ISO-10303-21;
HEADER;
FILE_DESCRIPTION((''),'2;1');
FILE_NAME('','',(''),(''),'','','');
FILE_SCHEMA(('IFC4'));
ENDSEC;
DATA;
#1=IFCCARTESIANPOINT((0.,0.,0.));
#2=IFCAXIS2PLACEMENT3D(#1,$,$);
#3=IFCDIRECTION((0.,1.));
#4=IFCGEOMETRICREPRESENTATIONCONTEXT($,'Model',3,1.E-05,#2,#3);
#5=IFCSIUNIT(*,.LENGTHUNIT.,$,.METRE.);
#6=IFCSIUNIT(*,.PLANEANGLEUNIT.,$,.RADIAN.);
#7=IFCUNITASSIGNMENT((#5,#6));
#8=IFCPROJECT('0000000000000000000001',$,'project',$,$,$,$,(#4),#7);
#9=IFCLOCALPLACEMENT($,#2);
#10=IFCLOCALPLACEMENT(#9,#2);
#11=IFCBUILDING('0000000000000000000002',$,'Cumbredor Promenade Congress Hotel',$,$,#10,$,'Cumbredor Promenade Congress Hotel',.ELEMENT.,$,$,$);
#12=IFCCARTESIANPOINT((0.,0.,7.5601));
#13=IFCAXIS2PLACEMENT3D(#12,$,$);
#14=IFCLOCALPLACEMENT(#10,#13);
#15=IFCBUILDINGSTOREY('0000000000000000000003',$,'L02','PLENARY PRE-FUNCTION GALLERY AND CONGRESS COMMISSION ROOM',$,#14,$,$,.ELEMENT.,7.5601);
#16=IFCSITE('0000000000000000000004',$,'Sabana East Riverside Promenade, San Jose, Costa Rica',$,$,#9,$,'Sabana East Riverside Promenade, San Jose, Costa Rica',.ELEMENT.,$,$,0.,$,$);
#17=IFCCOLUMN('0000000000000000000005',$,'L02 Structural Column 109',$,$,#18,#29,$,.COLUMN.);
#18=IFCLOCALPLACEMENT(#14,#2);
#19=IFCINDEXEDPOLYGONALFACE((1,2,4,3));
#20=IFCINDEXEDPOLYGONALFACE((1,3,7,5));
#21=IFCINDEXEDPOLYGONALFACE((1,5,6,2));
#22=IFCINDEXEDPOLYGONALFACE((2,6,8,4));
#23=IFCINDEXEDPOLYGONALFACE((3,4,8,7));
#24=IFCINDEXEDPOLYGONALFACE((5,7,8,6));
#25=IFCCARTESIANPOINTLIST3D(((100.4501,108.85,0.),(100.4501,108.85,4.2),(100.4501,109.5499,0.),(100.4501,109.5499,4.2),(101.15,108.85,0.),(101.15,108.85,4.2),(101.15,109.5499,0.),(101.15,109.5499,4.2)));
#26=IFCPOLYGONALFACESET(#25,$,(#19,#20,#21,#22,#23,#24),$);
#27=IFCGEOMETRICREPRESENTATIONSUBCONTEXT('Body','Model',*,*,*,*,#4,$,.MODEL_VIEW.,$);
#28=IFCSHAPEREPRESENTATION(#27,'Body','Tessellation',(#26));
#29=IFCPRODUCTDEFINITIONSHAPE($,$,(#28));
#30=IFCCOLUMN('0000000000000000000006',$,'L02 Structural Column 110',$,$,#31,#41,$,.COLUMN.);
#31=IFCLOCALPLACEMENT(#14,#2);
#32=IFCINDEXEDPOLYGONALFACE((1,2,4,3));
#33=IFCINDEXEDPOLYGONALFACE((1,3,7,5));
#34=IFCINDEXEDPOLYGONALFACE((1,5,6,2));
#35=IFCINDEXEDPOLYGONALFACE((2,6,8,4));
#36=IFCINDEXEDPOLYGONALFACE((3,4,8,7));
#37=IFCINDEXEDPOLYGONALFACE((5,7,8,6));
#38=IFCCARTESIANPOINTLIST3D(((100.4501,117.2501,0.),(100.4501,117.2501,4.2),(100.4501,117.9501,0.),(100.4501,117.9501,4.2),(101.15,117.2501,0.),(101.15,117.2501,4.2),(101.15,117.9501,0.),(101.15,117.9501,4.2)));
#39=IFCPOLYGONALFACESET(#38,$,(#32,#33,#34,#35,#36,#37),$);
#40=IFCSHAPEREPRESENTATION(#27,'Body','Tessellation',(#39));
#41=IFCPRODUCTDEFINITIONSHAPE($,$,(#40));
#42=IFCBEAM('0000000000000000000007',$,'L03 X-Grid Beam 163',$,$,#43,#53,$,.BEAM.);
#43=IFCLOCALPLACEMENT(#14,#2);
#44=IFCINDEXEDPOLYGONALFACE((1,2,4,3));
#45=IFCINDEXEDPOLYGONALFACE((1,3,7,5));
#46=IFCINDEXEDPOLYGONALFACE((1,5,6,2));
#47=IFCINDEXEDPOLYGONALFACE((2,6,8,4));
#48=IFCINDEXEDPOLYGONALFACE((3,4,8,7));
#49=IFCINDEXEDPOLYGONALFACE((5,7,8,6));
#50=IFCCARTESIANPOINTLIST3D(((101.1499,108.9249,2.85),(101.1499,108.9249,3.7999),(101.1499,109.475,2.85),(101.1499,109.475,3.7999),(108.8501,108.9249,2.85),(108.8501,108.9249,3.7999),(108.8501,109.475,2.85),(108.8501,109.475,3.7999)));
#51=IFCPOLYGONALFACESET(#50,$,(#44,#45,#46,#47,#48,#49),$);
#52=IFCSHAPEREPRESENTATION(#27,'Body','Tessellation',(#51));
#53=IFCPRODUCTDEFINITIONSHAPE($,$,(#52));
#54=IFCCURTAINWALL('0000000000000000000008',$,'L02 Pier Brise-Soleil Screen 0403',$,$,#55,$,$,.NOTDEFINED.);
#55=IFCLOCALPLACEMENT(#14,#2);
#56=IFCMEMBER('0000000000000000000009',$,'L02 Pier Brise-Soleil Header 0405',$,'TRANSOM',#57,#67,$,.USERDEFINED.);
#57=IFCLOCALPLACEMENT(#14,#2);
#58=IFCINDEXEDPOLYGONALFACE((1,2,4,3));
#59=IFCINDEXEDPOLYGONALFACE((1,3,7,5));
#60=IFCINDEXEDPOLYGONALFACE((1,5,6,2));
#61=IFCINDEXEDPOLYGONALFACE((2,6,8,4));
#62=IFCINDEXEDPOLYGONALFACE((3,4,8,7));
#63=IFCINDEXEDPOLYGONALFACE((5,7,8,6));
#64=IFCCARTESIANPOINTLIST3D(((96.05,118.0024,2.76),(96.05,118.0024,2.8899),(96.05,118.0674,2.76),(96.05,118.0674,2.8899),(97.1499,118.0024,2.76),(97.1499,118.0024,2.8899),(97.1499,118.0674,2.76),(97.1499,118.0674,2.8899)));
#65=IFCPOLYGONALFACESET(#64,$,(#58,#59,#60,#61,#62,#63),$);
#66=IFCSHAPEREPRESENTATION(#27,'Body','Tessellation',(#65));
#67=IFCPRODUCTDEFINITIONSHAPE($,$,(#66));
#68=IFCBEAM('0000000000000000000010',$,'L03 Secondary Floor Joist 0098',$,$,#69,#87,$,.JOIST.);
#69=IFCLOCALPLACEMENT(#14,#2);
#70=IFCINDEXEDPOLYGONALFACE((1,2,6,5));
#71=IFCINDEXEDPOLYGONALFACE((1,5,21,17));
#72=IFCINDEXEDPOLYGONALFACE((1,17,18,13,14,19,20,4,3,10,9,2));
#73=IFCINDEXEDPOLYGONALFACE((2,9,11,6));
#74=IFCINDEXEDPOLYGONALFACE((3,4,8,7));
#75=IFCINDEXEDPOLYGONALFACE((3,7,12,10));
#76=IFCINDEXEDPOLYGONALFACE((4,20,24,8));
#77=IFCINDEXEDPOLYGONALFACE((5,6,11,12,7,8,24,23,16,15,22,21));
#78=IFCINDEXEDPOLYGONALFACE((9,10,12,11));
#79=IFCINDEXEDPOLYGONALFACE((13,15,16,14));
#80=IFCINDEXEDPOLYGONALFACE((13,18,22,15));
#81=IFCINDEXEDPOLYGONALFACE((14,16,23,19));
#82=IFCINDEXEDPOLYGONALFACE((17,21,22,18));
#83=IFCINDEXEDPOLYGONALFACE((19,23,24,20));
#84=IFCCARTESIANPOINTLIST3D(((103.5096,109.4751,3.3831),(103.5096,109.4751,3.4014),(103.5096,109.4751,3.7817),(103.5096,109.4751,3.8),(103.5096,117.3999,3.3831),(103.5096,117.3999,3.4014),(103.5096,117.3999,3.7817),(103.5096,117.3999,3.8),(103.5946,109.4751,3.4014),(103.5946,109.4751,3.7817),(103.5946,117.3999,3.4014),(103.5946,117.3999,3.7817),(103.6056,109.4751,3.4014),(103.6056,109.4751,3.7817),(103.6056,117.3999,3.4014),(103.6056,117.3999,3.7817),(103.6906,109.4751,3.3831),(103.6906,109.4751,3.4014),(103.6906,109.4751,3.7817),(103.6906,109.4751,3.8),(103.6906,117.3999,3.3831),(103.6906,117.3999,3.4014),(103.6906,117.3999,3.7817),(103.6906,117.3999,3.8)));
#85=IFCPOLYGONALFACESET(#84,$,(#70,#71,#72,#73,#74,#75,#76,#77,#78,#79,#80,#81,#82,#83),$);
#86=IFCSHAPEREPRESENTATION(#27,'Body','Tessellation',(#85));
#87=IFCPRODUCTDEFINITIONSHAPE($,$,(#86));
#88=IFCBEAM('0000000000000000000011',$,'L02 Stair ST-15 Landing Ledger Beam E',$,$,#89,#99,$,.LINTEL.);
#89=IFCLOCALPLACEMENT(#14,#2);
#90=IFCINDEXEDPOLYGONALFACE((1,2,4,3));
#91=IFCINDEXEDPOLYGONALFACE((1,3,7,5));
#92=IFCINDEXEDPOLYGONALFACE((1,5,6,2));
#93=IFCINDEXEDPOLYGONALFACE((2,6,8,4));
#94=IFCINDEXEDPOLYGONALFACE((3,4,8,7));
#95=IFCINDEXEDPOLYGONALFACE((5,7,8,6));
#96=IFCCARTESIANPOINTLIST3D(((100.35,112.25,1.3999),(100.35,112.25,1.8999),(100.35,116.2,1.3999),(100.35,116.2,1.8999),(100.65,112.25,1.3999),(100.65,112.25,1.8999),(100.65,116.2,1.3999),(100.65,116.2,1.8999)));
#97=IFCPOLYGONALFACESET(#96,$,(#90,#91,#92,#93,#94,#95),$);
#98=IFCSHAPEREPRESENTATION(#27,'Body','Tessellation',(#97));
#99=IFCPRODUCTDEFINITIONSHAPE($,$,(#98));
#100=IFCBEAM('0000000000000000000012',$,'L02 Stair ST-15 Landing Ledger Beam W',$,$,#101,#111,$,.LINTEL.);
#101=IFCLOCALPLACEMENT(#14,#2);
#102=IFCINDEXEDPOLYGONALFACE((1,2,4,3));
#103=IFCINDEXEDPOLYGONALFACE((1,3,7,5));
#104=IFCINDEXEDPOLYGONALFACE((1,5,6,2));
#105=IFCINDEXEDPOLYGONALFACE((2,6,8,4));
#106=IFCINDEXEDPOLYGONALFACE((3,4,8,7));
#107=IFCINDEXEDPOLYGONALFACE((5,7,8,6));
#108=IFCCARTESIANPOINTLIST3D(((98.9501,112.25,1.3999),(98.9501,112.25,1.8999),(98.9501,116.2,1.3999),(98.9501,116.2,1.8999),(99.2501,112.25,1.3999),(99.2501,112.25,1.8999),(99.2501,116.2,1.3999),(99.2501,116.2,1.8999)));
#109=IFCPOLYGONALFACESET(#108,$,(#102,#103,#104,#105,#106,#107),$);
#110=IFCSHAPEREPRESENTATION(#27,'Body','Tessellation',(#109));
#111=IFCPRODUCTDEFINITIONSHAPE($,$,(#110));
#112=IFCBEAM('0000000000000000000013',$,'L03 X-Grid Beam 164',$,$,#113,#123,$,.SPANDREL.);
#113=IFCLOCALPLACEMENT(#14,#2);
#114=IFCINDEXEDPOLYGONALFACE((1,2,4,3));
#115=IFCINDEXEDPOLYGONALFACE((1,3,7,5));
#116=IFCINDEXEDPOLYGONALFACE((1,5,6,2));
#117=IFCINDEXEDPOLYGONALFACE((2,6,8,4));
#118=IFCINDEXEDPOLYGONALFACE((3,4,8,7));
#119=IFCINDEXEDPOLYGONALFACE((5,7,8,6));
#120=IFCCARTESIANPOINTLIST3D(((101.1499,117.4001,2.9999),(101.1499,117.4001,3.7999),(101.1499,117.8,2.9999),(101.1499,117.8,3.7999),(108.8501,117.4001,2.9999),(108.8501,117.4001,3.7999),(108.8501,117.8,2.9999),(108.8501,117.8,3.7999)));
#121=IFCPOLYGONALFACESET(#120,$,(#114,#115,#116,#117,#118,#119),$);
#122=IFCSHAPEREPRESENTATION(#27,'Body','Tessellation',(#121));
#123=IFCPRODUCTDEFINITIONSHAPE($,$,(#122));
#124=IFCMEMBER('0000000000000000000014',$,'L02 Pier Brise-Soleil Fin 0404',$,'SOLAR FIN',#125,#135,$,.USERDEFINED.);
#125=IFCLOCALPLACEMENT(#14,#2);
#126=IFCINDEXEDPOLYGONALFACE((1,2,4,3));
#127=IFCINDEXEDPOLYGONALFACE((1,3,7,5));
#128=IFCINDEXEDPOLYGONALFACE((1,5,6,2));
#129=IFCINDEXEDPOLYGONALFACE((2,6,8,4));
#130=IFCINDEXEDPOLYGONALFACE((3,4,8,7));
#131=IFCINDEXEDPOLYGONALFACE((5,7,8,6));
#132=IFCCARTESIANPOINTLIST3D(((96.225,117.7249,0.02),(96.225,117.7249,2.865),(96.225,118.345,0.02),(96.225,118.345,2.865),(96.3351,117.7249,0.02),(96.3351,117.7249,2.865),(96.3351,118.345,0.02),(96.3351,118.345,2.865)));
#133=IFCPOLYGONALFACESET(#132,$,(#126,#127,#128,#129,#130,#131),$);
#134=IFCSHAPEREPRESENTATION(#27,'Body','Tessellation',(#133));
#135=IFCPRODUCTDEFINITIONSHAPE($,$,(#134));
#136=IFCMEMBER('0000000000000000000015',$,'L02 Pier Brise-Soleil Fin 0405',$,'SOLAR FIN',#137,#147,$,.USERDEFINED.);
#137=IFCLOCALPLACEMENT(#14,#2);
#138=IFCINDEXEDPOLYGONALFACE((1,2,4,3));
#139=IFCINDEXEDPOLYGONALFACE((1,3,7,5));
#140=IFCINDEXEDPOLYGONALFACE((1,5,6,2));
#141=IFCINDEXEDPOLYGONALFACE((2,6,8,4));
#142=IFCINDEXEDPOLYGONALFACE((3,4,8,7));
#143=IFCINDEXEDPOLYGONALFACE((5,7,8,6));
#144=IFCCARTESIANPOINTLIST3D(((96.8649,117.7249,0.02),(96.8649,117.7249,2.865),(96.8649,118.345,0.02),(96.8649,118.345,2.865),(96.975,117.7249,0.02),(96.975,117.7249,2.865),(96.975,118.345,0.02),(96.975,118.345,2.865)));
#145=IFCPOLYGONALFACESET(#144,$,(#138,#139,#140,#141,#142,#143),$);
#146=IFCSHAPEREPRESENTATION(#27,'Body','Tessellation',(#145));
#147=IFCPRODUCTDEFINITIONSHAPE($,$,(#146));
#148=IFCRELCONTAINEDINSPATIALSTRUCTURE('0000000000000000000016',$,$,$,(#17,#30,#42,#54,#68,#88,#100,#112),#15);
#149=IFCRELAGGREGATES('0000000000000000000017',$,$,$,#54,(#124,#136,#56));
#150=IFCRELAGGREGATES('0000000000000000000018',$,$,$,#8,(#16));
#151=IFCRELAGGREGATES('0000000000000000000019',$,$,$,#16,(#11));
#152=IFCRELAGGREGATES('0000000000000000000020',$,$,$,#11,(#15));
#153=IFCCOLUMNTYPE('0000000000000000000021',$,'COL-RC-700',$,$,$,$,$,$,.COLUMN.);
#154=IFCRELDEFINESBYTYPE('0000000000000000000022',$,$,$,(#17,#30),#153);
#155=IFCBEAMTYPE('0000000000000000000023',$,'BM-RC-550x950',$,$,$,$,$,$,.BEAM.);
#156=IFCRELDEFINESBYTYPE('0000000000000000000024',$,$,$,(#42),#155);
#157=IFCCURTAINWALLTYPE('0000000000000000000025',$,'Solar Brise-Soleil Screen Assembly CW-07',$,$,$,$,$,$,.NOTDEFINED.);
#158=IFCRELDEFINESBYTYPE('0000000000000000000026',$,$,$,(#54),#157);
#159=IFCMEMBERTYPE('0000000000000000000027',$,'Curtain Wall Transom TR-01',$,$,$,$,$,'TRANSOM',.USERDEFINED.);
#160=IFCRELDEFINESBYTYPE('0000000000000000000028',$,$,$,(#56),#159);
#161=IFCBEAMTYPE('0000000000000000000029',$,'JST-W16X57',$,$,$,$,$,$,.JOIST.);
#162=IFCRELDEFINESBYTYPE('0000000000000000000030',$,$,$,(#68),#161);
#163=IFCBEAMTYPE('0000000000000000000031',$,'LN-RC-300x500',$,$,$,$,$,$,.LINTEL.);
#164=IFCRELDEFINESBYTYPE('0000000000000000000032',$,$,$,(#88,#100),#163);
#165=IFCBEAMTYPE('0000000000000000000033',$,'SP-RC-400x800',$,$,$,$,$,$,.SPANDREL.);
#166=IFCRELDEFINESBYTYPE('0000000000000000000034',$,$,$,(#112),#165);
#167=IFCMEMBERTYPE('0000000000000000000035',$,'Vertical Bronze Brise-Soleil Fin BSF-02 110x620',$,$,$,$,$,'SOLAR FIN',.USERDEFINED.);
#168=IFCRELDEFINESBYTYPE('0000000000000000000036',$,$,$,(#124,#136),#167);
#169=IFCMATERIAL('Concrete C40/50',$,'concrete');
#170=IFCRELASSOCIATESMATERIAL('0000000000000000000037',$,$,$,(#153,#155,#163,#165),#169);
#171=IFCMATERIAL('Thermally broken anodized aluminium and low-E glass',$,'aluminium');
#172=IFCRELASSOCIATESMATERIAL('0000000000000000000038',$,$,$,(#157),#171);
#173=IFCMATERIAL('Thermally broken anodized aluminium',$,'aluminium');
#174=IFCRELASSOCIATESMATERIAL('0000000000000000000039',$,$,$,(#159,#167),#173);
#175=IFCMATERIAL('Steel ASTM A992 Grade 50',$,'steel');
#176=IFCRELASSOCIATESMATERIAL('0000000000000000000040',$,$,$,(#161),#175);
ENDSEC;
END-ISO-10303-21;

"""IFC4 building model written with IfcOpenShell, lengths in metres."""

from ifc_helpers import new_model, si_unit, direction, frame, origin, origin_2d, place, context, subcontext, project, spatial, rectangle, i_section, extrude, material, material_profile, profile_set, type_object, element, aggregate, save


model = new_model("IFC4")

# Units and contexts
model_context = context("Model", 3, precision=1e-05, world=origin(), true_north=direction((0.0, 1.0)))
body_context = subcontext(model_context, "Body", "Model", "MODEL_VIEW")
ifc_project = project(units=[si_unit("LENGTHUNIT", "METRE"), si_unit("PLANEANGLEUNIT", "RADIAN")], contexts=[model_context])

# Site, building, storey
site_placement = place(None, origin())
site = spatial("IfcSite", under=ifc_project, at=site_placement, Name="Sabana East Riverside Promenade, San Jose, Costa Rica", LongName="Sabana East Riverside Promenade, San Jose, Costa Rica", CompositionType="ELEMENT", RefElevation=0.0)
building_placement = place(site_placement, origin())
building = spatial("IfcBuilding", under=site, at=building_placement, Name="Cumbredor Promenade Congress Hotel", LongName="Cumbredor Promenade Congress Hotel", CompositionType="ELEMENT")
storey_placement = place(building_placement, frame((0.0, 0.0, 7.5601)))
storey = spatial("IfcBuildingStorey", under=building, at=storey_placement, Name="L02", Description="PLENARY PRE-FUNCTION GALLERY AND CONGRESS COMMISSION ROOM", CompositionType="ELEMENT", Elevation=7.5601)

# Columns
ifc_material_1 = material(Name="Concrete C40/50", Category="concrete")
ifc_material_profile_1 = material_profile(ifc_material_1, rectangle(XDim=0.7, YDim=0.7, at=origin_2d()), Name="RC 700x700")
ifc_profile_set_1 = profile_set([ifc_material_profile_1], Name="Concrete C40/50")
column_type = type_object("IfcColumnType", Name="COL-RC-700", PredefinedType="COLUMN", material=ifc_profile_set_1)
for number, where, z_axis, x_axis, name in (
    (1, (100.8, 109.2, 0.0), (0.0, 0.0, 1.0), (1.0, 0.0, 0.0), "L02 Structural Column 109"),
    (2, (100.8, 117.6001, 0.0), (0.0, 0.0, 1.0), (1.0, 0.0, 0.0), "L02 Structural Column 110"),
):
    element("IfcColumn", number, at=place(storey_placement, frame(where, z_axis=z_axis, x_axis=x_axis)), inside=storey, type_object=column_type, Name=name, PredefinedType="COLUMN", context=body_context, shape_type="SweptSolid", body=[
        extrude(rectangle(XDim=0.7, YDim=0.7, at=origin_2d()), origin(), (0.0, 0.0, 1.0), 4.2),
    ])

# Beam
ifc_material_profile_2 = material_profile(ifc_material_1, rectangle(XDim=0.55, YDim=0.95, at=origin_2d()), Name="RC BEAM 550x950")
ifc_profile_set_2 = profile_set([ifc_material_profile_2], Name="Concrete C40/50")
beam_type_1 = type_object("IfcBeamType", Name="BM-RC-550x950", PredefinedType="BEAM", material=ifc_profile_set_2)
beam_1_placement = place(storey_placement, frame((101.1499, 109.2, 3.325), z_axis=(1.0, 0.0, 0.0), x_axis=(0.0, 1.0, 0.0)))
element("IfcBeam", 3, at=beam_1_placement, inside=storey, type_object=beam_type_1, Name="L03 X-Grid Beam 163", PredefinedType="BEAM", context=body_context, shape_type="SweptSolid", body=[
    extrude(rectangle(XDim=0.55, YDim=0.95, at=origin_2d()), origin(), (0.0, 0.0, 1.0), 7.7002),
])

# Curtain wall, member
ifc_material_2 = material(Name="Thermally broken anodized aluminium and low-E glass", Category="aluminium")
curtain_wall_type = type_object("IfcCurtainWallType", Name="Solar Brise-Soleil Screen Assembly CW-07", PredefinedType="NOTDEFINED", material=ifc_material_2)
curtain_wall_placement = place(storey_placement, origin())
curtain_wall = element("IfcCurtainWall", 4, at=curtain_wall_placement, inside=storey, type_object=curtain_wall_type, Name="L02 Pier Brise-Soleil Screen 0403", PredefinedType="NOTDEFINED")
ifc_material_3 = material(Name="Thermally broken anodized aluminium", Category="aluminium")
ifc_material_profile_3 = material_profile(ifc_material_3, rectangle(XDim=0.0649, YDim=0.1299, at=origin_2d()), Name="ALU TRANSOM 65x130")
ifc_profile_set_3 = profile_set([ifc_material_profile_3], Name="Thermally broken anodized aluminium")
member_type_1 = type_object("IfcMemberType", Name="Curtain Wall Transom TR-01", ElementType="TRANSOM", PredefinedType="USERDEFINED", material=ifc_profile_set_3)
member_1_placement = place(storey_placement, frame((96.05, 118.0349, 2.825), z_axis=(1.0, 0.0, 0.0), x_axis=(0.0, 1.0, 0.0)))
member_1 = element("IfcMember", 5, at=member_1_placement, type_object=member_type_1, Name="L02 Pier Brise-Soleil Header 0405", ObjectType="TRANSOM", PredefinedType="USERDEFINED", context=body_context, shape_type="SweptSolid", body=[
    extrude(rectangle(XDim=0.0649, YDim=0.1299, at=origin_2d()), origin(), (0.0, 0.0, 1.0), 1.0999),
])

# Beams
ifc_material_4 = material(Name="Steel ASTM A992 Grade 50", Category="steel")
ifc_material_profile_4 = material_profile(ifc_material_4, i_section(OverallWidth=0.1809, OverallDepth=0.417, WebThickness=0.011, FlangeThickness=0.0183, at=origin_2d()), Name="W16X57")
ifc_profile_set_4 = profile_set([ifc_material_profile_4], Name="Steel ASTM A992 Grade 50")
beam_type_2 = type_object("IfcBeamType", Name="JST-W16X57", PredefinedType="JOIST", material=ifc_profile_set_4)
beam_2_placement = place(storey_placement, frame((103.6001, 109.4751, 3.5916), z_axis=(0.0, 1.0, 0.0), x_axis=(-1.0, 0.0, 0.0)))
element("IfcBeam", 6, at=beam_2_placement, inside=storey, type_object=beam_type_2, Name="L03 Secondary Floor Joist 0098", PredefinedType="JOIST", context=body_context, shape_type="SweptSolid", body=[
    extrude(i_section(OverallWidth=0.1809, OverallDepth=0.417, WebThickness=0.011, FlangeThickness=0.0183, at=origin_2d()), origin(), (0.0, 0.0, 1.0), 7.9248),
])
ifc_material_profile_5 = material_profile(ifc_material_1, rectangle(XDim=0.3, YDim=0.5, at=origin_2d()), Name="RC LINTEL 300x500")
ifc_profile_set_5 = profile_set([ifc_material_profile_5], Name="Concrete C40/50")
beam_type_3 = type_object("IfcBeamType", Name="LN-RC-300x500", PredefinedType="LINTEL", material=ifc_profile_set_5)
for number, where, z_axis, x_axis, name in (
    (7, (100.5, 112.25, 1.6499), (0.0, 1.0, 0.0), (-1.0, 0.0, 0.0), "L02 Stair ST-15 Landing Ledger Beam E"),
    (8, (99.1001, 112.25, 1.6499), (0.0, 1.0, 0.0), (-1.0, 0.0, 0.0), "L02 Stair ST-15 Landing Ledger Beam W"),
):
    element("IfcBeam", number, at=place(storey_placement, frame(where, z_axis=z_axis, x_axis=x_axis)), inside=storey, type_object=beam_type_3, Name=name, PredefinedType="LINTEL", context=body_context, shape_type="SweptSolid", body=[
        extrude(rectangle(XDim=0.3, YDim=0.5, at=origin_2d()), origin(), (0.0, 0.0, 1.0), 3.95),
    ])
ifc_material_profile_6 = material_profile(ifc_material_1, rectangle(XDim=0.3999, YDim=0.8, at=origin_2d()), Name="RC SPANDREL 400x800")
ifc_profile_set_6 = profile_set([ifc_material_profile_6], Name="Concrete C40/50")
beam_type_4 = type_object("IfcBeamType", Name="SP-RC-400x800", PredefinedType="SPANDREL", material=ifc_profile_set_6)
beam_3_placement = place(storey_placement, frame((101.1499, 117.6001, 3.3999), z_axis=(1.0, 0.0, 0.0), x_axis=(0.0, 1.0, 0.0)))
element("IfcBeam", 9, at=beam_3_placement, inside=storey, type_object=beam_type_4, Name="L03 X-Grid Beam 164", PredefinedType="SPANDREL", context=body_context, shape_type="SweptSolid", body=[
    extrude(rectangle(XDim=0.3999, YDim=0.8, at=origin_2d()), origin(), (0.0, 0.0, 1.0), 7.7002),
])

# Members
ifc_material_profile_7 = material_profile(ifc_material_3, rectangle(XDim=0.1101, YDim=0.6201, at=origin_2d()), Name="ARCH FIN 110x620")
ifc_profile_set_7 = profile_set([ifc_material_profile_7], Name="Thermally broken anodized aluminium")
member_type_2 = type_object("IfcMemberType", Name="Vertical Bronze Brise-Soleil Fin BSF-02 110x620", ElementType="SOLAR FIN", PredefinedType="USERDEFINED", material=ifc_profile_set_7)
member_2_placement = place(storey_placement, frame((96.28, 118.0349, 0.02), z_axis=(0.0, 0.0, 1.0), x_axis=(1.0, 0.0, 0.0)))
member_2 = element("IfcMember", 10, at=member_2_placement, type_object=member_type_2, Name="L02 Pier Brise-Soleil Fin 0404", ObjectType="SOLAR FIN", PredefinedType="USERDEFINED", context=body_context, shape_type="SweptSolid", body=[
    extrude(rectangle(XDim=0.1101, YDim=0.6201, at=origin_2d()), origin(), (0.0, 0.0, 1.0), 2.845),
])
member_3_placement = place(storey_placement, frame((96.9199, 118.0349, 0.02), z_axis=(0.0, 0.0, 1.0), x_axis=(1.0, 0.0, 0.0)))
member_3 = element("IfcMember", 11, at=member_3_placement, type_object=member_type_2, Name="L02 Pier Brise-Soleil Fin 0405", ObjectType="SOLAR FIN", PredefinedType="USERDEFINED", context=body_context, shape_type="SweptSolid", body=[
    extrude(rectangle(XDim=0.1101, YDim=0.6201, at=origin_2d()), origin(), (0.0, 0.0, 1.0), 2.845),
])
aggregate(curtain_wall, [member_2, member_3, member_1])

save(model, "model.ifc")
